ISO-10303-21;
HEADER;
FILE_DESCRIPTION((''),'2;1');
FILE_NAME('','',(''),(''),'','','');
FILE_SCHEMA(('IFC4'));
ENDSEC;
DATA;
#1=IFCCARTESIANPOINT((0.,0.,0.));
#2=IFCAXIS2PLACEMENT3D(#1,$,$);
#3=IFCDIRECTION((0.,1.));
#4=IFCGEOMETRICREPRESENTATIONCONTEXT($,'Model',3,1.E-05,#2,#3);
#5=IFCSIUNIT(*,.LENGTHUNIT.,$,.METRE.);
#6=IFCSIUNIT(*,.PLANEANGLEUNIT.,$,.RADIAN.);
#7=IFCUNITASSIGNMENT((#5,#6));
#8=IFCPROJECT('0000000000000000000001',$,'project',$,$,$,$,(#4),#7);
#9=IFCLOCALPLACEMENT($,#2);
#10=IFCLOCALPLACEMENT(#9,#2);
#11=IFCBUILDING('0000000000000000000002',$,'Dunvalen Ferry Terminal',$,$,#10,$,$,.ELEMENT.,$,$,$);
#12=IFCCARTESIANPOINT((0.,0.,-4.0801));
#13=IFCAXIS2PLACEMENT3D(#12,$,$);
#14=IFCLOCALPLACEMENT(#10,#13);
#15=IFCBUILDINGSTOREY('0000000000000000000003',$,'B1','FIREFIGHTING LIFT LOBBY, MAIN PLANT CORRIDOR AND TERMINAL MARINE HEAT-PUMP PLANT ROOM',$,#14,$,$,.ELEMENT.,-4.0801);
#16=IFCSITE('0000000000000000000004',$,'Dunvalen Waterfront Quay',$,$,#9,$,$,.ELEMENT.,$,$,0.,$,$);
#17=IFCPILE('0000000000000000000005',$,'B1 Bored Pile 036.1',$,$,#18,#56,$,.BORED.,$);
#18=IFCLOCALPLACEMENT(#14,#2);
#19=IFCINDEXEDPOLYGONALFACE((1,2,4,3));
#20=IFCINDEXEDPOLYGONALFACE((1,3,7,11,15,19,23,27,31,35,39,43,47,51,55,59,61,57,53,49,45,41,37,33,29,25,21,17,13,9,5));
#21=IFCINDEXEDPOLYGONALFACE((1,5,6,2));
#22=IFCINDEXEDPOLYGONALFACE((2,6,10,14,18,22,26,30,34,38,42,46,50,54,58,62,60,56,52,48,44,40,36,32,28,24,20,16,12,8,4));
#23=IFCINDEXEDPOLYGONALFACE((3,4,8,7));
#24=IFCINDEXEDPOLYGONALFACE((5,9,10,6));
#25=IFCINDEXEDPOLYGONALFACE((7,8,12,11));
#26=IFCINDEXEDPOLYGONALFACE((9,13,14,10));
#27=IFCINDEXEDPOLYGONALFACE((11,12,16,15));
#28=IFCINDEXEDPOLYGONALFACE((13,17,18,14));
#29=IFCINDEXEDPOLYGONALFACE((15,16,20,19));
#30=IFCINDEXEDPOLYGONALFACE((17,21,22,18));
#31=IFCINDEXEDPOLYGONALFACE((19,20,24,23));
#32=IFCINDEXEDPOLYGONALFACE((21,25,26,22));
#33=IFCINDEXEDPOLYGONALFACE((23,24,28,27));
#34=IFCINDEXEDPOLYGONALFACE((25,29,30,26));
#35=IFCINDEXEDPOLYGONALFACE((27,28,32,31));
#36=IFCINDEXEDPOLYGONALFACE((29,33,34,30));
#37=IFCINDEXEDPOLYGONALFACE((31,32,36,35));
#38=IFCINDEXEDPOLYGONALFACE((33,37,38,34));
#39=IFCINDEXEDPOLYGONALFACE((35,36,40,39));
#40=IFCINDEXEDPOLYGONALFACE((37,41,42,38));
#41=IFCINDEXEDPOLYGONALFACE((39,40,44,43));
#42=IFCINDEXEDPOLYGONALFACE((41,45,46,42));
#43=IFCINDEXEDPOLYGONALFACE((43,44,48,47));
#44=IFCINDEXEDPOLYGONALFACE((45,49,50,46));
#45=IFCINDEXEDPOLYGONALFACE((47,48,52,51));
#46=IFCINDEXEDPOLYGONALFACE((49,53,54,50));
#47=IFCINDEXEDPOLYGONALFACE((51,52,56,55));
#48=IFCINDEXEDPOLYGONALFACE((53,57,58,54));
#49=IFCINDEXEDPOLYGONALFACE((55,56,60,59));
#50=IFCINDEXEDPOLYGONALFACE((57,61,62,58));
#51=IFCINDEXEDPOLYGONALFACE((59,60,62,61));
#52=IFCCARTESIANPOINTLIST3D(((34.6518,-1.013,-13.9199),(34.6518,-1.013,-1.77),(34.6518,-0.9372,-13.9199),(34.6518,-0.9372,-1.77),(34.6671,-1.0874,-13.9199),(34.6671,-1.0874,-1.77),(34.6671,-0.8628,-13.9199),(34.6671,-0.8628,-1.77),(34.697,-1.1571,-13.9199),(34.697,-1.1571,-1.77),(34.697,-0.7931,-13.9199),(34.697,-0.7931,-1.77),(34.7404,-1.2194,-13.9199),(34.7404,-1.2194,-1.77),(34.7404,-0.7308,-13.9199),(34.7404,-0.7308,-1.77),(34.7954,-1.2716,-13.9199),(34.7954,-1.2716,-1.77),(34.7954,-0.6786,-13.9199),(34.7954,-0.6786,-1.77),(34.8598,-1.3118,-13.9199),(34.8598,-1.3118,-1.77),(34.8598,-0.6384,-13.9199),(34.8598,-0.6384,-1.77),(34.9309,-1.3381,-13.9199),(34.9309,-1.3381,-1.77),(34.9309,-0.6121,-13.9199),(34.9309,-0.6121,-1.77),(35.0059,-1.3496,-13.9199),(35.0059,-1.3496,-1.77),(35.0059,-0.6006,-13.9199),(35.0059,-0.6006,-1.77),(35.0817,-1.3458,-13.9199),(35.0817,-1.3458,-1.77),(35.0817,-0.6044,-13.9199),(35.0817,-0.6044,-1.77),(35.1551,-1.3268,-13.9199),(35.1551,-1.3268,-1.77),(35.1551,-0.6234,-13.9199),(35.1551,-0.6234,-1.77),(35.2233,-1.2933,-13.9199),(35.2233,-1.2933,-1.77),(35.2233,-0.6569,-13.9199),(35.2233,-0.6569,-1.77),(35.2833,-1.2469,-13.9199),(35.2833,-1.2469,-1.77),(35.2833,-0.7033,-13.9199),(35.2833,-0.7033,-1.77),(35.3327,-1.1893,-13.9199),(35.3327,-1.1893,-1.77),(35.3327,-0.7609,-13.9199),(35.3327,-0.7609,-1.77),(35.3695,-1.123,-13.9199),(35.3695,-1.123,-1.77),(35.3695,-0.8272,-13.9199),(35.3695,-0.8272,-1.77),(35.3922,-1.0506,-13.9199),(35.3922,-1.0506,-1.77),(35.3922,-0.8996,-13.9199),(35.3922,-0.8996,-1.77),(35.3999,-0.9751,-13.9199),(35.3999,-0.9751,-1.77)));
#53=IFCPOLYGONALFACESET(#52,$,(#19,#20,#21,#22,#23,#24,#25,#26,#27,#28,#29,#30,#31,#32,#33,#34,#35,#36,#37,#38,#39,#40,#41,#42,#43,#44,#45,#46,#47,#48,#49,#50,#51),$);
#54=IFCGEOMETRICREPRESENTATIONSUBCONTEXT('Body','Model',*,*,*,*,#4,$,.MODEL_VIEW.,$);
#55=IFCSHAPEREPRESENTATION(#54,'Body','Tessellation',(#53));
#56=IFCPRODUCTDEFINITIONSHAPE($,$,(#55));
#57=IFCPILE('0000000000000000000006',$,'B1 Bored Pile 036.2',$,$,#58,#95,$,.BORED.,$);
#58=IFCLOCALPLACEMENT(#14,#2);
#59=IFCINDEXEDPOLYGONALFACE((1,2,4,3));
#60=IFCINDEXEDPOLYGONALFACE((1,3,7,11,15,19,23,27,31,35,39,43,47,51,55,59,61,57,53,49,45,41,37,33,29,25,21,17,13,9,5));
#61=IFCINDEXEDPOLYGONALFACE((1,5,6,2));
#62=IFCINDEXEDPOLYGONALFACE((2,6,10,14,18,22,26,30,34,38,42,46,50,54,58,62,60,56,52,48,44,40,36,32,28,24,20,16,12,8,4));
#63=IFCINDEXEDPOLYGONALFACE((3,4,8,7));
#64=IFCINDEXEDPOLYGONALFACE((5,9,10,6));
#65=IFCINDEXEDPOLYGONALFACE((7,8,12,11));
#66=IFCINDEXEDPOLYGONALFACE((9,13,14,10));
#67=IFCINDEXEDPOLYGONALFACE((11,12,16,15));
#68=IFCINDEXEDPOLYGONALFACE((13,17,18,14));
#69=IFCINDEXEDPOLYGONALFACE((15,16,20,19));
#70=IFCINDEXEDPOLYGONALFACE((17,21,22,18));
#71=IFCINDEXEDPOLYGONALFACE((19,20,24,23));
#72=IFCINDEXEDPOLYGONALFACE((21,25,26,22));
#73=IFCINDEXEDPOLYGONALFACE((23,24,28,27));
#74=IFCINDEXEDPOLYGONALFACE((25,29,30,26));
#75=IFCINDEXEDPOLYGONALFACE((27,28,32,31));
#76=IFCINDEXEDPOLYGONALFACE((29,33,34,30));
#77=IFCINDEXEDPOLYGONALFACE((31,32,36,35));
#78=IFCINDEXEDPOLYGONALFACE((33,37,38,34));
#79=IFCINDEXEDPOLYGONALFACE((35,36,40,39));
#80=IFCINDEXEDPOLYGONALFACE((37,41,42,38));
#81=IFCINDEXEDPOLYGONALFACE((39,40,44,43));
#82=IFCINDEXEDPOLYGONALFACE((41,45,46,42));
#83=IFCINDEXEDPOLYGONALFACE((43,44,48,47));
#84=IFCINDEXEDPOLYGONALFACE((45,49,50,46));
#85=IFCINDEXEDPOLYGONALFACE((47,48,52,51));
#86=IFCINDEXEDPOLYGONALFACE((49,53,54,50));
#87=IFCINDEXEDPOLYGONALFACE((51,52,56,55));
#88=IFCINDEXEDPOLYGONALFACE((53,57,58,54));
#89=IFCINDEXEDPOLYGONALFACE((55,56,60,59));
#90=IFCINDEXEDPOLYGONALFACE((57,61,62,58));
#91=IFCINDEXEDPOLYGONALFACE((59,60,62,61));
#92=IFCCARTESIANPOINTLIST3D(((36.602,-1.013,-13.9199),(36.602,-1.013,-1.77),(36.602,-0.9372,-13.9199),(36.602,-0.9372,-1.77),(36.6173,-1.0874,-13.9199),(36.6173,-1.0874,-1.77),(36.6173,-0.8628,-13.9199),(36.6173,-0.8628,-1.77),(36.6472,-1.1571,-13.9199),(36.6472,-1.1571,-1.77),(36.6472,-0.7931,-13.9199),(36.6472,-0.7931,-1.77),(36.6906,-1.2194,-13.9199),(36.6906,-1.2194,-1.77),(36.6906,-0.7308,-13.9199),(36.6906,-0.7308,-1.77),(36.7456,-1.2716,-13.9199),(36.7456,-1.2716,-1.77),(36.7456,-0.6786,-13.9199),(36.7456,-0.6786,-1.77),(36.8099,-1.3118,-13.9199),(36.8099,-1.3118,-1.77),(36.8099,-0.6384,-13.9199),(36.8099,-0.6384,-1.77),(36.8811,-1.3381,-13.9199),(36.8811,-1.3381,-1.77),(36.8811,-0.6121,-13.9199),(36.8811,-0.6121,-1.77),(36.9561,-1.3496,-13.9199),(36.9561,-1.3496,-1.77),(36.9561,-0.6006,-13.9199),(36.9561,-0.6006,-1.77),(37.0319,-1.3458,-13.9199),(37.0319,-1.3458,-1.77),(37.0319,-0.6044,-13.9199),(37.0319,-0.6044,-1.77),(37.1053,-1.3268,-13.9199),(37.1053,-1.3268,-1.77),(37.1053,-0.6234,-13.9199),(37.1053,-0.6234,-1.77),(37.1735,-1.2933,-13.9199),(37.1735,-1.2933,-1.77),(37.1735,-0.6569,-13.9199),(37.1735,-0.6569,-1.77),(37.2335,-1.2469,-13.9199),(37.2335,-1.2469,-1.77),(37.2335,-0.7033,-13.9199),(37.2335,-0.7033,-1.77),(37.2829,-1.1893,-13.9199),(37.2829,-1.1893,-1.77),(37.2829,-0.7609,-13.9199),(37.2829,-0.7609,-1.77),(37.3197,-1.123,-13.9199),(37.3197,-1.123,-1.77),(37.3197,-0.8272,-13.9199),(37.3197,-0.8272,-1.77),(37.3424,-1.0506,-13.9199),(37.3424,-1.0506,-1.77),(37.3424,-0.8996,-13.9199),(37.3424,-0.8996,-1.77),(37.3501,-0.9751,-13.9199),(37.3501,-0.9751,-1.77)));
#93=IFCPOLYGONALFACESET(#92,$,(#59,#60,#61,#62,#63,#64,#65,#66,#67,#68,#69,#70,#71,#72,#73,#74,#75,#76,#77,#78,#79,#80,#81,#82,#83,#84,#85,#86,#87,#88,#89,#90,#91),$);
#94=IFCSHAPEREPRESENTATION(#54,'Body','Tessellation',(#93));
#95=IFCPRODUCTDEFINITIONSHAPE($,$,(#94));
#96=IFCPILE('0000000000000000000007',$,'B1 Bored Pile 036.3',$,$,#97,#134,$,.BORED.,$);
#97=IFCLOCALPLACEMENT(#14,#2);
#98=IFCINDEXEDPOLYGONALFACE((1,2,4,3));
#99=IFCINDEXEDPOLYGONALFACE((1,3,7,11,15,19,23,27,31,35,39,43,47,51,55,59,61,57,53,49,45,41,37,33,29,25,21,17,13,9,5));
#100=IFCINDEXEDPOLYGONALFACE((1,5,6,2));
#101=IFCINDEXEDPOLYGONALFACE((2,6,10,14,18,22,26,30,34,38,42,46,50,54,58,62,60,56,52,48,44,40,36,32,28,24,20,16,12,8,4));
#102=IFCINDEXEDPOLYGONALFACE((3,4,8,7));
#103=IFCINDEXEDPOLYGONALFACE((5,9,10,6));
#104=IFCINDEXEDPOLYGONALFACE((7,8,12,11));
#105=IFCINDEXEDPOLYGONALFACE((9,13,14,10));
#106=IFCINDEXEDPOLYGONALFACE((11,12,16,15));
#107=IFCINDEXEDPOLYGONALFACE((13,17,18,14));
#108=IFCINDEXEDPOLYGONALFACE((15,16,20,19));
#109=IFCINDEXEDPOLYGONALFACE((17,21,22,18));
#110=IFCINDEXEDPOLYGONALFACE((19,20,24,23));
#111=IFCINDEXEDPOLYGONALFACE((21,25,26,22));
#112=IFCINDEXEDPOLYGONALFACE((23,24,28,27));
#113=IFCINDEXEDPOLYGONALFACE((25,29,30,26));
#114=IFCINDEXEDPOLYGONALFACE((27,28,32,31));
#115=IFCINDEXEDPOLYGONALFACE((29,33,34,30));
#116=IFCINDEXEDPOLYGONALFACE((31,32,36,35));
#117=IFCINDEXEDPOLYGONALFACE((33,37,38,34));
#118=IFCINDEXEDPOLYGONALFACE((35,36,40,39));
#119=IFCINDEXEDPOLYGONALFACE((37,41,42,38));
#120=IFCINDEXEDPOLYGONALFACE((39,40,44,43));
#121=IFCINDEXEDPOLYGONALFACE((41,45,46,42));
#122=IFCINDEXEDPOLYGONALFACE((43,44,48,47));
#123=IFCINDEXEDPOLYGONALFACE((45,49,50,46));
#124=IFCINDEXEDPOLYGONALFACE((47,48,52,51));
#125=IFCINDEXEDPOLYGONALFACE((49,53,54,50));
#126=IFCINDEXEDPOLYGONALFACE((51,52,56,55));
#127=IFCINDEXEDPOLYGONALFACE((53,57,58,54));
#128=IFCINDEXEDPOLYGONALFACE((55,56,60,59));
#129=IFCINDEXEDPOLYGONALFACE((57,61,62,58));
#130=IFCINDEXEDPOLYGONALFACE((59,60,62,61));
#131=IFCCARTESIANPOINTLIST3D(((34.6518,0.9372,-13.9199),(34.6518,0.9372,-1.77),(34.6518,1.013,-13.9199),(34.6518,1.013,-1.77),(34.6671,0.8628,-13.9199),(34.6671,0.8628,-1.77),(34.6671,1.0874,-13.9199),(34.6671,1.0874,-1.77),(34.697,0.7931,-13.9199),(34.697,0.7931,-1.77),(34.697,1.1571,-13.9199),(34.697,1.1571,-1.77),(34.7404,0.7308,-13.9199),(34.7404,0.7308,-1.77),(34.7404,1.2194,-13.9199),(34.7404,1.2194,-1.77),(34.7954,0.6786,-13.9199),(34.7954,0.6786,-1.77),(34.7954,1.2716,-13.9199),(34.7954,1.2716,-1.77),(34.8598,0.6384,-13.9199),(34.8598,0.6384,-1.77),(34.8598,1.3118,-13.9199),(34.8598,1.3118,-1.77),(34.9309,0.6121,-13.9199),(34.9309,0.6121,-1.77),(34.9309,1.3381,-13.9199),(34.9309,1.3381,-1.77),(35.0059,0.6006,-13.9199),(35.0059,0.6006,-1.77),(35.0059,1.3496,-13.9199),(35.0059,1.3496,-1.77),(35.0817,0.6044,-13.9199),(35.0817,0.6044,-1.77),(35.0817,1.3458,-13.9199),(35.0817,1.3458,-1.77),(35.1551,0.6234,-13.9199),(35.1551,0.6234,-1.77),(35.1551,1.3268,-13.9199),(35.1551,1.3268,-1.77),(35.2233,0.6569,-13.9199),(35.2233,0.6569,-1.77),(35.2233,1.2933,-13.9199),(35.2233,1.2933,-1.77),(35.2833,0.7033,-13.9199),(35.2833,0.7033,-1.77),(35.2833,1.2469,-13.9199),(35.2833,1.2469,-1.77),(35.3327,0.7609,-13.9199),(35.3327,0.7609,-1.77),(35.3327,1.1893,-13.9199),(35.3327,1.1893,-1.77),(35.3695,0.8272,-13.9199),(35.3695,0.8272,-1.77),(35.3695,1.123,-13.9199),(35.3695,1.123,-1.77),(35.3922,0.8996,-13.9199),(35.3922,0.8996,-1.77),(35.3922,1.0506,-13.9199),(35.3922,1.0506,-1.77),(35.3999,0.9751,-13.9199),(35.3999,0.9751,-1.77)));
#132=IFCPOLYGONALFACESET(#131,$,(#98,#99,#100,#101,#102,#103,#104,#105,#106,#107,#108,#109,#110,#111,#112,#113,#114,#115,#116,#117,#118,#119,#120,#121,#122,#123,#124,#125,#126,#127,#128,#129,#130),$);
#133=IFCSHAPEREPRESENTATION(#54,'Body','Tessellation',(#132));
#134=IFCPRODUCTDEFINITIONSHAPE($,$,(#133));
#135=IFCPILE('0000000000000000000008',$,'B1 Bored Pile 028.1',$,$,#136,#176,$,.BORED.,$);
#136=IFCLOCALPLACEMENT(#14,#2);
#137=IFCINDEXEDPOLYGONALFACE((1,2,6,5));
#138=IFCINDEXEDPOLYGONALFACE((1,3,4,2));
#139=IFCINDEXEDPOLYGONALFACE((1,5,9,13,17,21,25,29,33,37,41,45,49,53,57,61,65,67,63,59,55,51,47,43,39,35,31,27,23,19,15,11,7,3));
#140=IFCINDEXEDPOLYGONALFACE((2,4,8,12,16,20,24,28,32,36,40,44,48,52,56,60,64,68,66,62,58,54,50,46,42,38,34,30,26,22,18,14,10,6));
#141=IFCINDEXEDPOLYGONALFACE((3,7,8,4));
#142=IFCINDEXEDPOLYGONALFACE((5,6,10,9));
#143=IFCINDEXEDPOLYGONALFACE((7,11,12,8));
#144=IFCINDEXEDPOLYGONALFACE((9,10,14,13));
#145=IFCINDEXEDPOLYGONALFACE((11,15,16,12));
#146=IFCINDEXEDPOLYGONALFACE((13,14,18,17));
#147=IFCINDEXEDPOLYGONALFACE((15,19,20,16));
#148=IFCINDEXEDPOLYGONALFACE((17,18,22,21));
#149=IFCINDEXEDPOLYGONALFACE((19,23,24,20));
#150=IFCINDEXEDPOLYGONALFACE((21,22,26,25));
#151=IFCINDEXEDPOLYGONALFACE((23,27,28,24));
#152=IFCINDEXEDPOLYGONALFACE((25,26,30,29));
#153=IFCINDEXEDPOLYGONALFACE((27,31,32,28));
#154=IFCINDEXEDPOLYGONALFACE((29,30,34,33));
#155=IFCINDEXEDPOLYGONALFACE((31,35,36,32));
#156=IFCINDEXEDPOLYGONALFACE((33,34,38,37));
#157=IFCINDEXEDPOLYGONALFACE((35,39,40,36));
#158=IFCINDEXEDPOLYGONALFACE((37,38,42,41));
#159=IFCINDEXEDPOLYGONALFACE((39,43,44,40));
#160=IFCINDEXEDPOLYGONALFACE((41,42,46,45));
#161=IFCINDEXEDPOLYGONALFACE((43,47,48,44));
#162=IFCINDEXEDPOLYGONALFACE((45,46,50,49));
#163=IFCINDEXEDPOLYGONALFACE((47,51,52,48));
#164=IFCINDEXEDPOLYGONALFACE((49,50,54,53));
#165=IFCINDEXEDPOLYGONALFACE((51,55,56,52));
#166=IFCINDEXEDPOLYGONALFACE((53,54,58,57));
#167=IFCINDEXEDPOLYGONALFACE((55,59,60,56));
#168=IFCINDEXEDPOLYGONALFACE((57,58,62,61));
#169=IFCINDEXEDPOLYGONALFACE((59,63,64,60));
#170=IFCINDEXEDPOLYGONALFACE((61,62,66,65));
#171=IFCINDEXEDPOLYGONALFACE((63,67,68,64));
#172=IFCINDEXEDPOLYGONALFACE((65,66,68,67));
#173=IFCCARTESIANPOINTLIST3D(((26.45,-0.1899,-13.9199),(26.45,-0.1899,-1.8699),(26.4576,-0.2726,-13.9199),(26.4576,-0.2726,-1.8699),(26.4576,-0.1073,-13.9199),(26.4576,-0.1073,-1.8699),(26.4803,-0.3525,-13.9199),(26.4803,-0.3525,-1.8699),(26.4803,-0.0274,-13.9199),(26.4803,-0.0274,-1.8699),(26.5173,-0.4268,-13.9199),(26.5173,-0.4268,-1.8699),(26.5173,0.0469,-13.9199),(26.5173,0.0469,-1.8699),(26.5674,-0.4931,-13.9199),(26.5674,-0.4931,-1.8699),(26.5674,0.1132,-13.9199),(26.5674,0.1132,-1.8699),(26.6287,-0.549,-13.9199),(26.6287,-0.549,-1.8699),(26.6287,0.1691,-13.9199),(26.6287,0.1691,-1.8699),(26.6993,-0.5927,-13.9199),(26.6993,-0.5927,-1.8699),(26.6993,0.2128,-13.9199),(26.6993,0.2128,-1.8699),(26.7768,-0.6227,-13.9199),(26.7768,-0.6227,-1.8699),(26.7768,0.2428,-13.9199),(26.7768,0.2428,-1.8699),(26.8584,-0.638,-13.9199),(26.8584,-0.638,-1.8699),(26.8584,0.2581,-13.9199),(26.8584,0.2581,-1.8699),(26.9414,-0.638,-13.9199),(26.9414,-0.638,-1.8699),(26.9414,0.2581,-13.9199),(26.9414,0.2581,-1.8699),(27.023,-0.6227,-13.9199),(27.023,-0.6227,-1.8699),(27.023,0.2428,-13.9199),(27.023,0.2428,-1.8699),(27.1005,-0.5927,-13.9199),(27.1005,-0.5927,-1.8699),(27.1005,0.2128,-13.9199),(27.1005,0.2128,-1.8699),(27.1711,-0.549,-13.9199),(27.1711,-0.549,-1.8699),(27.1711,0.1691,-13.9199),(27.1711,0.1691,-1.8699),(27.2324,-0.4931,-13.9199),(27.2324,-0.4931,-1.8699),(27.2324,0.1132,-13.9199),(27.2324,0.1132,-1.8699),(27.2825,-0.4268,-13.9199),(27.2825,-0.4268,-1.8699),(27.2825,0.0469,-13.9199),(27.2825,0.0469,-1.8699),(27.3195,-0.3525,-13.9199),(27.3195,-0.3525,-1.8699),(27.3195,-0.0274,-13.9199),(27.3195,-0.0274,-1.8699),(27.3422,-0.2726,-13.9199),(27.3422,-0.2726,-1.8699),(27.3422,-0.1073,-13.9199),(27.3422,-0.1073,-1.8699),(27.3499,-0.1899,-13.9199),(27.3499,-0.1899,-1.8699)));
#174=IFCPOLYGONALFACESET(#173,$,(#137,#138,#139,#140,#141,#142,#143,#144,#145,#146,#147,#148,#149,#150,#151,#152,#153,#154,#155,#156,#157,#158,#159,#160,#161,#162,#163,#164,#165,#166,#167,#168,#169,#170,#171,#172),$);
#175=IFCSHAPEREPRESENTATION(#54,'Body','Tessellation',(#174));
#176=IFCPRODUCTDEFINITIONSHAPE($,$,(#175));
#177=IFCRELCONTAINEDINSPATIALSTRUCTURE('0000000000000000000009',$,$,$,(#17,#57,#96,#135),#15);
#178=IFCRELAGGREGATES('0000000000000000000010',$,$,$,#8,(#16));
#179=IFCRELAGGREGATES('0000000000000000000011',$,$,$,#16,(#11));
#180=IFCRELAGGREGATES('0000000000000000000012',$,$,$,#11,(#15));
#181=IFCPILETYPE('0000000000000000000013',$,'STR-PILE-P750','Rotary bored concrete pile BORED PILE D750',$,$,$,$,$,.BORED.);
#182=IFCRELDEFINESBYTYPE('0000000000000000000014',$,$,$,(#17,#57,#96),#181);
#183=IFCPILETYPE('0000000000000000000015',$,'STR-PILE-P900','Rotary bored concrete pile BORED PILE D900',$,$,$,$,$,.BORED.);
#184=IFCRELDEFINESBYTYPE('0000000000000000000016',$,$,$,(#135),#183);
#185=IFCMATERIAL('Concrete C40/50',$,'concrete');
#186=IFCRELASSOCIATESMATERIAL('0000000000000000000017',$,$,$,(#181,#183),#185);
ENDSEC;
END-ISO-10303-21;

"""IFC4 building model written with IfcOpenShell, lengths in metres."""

from ifc_helpers import new_model, si_unit, direction, frame, origin, origin_2d, place, context, subcontext, project, spatial, circle, extrude, material, material_profile, profile_set, type_object, element, save


model = new_model("IFC4")

# Units and contexts
model_context = context("Model", 3, precision=1e-05, world=origin(), true_north=direction((0.0, 1.0)))
body_context = subcontext(model_context, "Body", "Model", "MODEL_VIEW")
ifc_project = project(units=[si_unit("LENGTHUNIT", "METRE"), si_unit("PLANEANGLEUNIT", "RADIAN")], contexts=[model_context])

# Site, building, storey
site_placement = place(None, origin())
site = spatial("IfcSite", under=ifc_project, at=site_placement, Name="Dunvalen Waterfront Quay", CompositionType="ELEMENT", RefElevation=0.0)
building_placement = place(site_placement, origin())
building = spatial("IfcBuilding", under=site, at=building_placement, Name="Dunvalen Ferry Terminal", CompositionType="ELEMENT")
storey_placement = place(building_placement, frame((0.0, 0.0, -4.0801)))
storey = spatial("IfcBuildingStorey", under=building, at=storey_placement, Name="B1", Description="FIREFIGHTING LIFT LOBBY, MAIN PLANT CORRIDOR AND TERMINAL MARINE HEAT-PUMP PLANT ROOM", CompositionType="ELEMENT", Elevation=-4.0801)

# Shared definitions
ifc_material_1 = material(Name="Concrete C40/50", Category="concrete")

# Piles
ifc_material_profile_1 = material_profile(ifc_material_1, circle(Radius=0.375, at=origin_2d()), Name="Concrete C40/50")
ifc_profile_set_1 = profile_set([ifc_material_profile_1], Name="Concrete C40/50")
pile_type_1 = type_object("IfcPileType", Name="STR-PILE-P750", Description="Rotary bored concrete pile BORED PILE D750", PredefinedType="BORED", material=ifc_profile_set_1)
for number, where, z_axis, x_axis, name in (
    (1, (35.0249, -0.9751, -1.77), (0.0, 0.0, -1.0), (1.0, 0.0, 0.0), "B1 Bored Pile 036.1"),
    (2, (36.9751, -0.9751, -1.77), (0.0, 0.0, -1.0), (1.0, 0.0, 0.0), "B1 Bored Pile 036.2"),
    (3, (35.0249, 0.9751, -1.77), (0.0, 0.0, -1.0), (1.0, 0.0, 0.0), "B1 Bored Pile 036.3"),
):
    element("IfcPile", number, at=place(storey_placement, frame(where, z_axis=z_axis, x_axis=x_axis)), inside=storey, type_object=pile_type_1, Name=name, PredefinedType="BORED", context=body_context, shape_type="SweptSolid", body=[
        extrude(circle(Radius=0.375, at=origin_2d()), origin(), (0.0, 0.0, 1.0), 12.1499),
    ])
ifc_material_profile_2 = material_profile(ifc_material_1, circle(Radius=0.45, at=origin_2d()), Name="Concrete C40/50")
ifc_profile_set_2 = profile_set([ifc_material_profile_2], Name="Concrete C40/50")
pile_type_2 = type_object("IfcPileType", Name="STR-PILE-P900", Description="Rotary bored concrete pile BORED PILE D900", PredefinedType="BORED", material=ifc_profile_set_2)
for number, where, z_axis, x_axis, name in (
    (4, (26.8999, -0.1899, -1.8699), (0.0, 0.0, -1.0), (1.0, 0.0, 0.0), "B1 Bored Pile 028.1"),
):
    element("IfcPile", number, at=place(storey_placement, frame(where, z_axis=z_axis, x_axis=x_axis)), inside=storey, type_object=pile_type_2, Name=name, PredefinedType="BORED", context=body_context, shape_type="SweptSolid", body=[
        extrude(circle(Radius=0.45, at=origin_2d()), origin(), (0.0, 0.0, 1.0), 12.05),
    ])

save(model, "model.ifc")
